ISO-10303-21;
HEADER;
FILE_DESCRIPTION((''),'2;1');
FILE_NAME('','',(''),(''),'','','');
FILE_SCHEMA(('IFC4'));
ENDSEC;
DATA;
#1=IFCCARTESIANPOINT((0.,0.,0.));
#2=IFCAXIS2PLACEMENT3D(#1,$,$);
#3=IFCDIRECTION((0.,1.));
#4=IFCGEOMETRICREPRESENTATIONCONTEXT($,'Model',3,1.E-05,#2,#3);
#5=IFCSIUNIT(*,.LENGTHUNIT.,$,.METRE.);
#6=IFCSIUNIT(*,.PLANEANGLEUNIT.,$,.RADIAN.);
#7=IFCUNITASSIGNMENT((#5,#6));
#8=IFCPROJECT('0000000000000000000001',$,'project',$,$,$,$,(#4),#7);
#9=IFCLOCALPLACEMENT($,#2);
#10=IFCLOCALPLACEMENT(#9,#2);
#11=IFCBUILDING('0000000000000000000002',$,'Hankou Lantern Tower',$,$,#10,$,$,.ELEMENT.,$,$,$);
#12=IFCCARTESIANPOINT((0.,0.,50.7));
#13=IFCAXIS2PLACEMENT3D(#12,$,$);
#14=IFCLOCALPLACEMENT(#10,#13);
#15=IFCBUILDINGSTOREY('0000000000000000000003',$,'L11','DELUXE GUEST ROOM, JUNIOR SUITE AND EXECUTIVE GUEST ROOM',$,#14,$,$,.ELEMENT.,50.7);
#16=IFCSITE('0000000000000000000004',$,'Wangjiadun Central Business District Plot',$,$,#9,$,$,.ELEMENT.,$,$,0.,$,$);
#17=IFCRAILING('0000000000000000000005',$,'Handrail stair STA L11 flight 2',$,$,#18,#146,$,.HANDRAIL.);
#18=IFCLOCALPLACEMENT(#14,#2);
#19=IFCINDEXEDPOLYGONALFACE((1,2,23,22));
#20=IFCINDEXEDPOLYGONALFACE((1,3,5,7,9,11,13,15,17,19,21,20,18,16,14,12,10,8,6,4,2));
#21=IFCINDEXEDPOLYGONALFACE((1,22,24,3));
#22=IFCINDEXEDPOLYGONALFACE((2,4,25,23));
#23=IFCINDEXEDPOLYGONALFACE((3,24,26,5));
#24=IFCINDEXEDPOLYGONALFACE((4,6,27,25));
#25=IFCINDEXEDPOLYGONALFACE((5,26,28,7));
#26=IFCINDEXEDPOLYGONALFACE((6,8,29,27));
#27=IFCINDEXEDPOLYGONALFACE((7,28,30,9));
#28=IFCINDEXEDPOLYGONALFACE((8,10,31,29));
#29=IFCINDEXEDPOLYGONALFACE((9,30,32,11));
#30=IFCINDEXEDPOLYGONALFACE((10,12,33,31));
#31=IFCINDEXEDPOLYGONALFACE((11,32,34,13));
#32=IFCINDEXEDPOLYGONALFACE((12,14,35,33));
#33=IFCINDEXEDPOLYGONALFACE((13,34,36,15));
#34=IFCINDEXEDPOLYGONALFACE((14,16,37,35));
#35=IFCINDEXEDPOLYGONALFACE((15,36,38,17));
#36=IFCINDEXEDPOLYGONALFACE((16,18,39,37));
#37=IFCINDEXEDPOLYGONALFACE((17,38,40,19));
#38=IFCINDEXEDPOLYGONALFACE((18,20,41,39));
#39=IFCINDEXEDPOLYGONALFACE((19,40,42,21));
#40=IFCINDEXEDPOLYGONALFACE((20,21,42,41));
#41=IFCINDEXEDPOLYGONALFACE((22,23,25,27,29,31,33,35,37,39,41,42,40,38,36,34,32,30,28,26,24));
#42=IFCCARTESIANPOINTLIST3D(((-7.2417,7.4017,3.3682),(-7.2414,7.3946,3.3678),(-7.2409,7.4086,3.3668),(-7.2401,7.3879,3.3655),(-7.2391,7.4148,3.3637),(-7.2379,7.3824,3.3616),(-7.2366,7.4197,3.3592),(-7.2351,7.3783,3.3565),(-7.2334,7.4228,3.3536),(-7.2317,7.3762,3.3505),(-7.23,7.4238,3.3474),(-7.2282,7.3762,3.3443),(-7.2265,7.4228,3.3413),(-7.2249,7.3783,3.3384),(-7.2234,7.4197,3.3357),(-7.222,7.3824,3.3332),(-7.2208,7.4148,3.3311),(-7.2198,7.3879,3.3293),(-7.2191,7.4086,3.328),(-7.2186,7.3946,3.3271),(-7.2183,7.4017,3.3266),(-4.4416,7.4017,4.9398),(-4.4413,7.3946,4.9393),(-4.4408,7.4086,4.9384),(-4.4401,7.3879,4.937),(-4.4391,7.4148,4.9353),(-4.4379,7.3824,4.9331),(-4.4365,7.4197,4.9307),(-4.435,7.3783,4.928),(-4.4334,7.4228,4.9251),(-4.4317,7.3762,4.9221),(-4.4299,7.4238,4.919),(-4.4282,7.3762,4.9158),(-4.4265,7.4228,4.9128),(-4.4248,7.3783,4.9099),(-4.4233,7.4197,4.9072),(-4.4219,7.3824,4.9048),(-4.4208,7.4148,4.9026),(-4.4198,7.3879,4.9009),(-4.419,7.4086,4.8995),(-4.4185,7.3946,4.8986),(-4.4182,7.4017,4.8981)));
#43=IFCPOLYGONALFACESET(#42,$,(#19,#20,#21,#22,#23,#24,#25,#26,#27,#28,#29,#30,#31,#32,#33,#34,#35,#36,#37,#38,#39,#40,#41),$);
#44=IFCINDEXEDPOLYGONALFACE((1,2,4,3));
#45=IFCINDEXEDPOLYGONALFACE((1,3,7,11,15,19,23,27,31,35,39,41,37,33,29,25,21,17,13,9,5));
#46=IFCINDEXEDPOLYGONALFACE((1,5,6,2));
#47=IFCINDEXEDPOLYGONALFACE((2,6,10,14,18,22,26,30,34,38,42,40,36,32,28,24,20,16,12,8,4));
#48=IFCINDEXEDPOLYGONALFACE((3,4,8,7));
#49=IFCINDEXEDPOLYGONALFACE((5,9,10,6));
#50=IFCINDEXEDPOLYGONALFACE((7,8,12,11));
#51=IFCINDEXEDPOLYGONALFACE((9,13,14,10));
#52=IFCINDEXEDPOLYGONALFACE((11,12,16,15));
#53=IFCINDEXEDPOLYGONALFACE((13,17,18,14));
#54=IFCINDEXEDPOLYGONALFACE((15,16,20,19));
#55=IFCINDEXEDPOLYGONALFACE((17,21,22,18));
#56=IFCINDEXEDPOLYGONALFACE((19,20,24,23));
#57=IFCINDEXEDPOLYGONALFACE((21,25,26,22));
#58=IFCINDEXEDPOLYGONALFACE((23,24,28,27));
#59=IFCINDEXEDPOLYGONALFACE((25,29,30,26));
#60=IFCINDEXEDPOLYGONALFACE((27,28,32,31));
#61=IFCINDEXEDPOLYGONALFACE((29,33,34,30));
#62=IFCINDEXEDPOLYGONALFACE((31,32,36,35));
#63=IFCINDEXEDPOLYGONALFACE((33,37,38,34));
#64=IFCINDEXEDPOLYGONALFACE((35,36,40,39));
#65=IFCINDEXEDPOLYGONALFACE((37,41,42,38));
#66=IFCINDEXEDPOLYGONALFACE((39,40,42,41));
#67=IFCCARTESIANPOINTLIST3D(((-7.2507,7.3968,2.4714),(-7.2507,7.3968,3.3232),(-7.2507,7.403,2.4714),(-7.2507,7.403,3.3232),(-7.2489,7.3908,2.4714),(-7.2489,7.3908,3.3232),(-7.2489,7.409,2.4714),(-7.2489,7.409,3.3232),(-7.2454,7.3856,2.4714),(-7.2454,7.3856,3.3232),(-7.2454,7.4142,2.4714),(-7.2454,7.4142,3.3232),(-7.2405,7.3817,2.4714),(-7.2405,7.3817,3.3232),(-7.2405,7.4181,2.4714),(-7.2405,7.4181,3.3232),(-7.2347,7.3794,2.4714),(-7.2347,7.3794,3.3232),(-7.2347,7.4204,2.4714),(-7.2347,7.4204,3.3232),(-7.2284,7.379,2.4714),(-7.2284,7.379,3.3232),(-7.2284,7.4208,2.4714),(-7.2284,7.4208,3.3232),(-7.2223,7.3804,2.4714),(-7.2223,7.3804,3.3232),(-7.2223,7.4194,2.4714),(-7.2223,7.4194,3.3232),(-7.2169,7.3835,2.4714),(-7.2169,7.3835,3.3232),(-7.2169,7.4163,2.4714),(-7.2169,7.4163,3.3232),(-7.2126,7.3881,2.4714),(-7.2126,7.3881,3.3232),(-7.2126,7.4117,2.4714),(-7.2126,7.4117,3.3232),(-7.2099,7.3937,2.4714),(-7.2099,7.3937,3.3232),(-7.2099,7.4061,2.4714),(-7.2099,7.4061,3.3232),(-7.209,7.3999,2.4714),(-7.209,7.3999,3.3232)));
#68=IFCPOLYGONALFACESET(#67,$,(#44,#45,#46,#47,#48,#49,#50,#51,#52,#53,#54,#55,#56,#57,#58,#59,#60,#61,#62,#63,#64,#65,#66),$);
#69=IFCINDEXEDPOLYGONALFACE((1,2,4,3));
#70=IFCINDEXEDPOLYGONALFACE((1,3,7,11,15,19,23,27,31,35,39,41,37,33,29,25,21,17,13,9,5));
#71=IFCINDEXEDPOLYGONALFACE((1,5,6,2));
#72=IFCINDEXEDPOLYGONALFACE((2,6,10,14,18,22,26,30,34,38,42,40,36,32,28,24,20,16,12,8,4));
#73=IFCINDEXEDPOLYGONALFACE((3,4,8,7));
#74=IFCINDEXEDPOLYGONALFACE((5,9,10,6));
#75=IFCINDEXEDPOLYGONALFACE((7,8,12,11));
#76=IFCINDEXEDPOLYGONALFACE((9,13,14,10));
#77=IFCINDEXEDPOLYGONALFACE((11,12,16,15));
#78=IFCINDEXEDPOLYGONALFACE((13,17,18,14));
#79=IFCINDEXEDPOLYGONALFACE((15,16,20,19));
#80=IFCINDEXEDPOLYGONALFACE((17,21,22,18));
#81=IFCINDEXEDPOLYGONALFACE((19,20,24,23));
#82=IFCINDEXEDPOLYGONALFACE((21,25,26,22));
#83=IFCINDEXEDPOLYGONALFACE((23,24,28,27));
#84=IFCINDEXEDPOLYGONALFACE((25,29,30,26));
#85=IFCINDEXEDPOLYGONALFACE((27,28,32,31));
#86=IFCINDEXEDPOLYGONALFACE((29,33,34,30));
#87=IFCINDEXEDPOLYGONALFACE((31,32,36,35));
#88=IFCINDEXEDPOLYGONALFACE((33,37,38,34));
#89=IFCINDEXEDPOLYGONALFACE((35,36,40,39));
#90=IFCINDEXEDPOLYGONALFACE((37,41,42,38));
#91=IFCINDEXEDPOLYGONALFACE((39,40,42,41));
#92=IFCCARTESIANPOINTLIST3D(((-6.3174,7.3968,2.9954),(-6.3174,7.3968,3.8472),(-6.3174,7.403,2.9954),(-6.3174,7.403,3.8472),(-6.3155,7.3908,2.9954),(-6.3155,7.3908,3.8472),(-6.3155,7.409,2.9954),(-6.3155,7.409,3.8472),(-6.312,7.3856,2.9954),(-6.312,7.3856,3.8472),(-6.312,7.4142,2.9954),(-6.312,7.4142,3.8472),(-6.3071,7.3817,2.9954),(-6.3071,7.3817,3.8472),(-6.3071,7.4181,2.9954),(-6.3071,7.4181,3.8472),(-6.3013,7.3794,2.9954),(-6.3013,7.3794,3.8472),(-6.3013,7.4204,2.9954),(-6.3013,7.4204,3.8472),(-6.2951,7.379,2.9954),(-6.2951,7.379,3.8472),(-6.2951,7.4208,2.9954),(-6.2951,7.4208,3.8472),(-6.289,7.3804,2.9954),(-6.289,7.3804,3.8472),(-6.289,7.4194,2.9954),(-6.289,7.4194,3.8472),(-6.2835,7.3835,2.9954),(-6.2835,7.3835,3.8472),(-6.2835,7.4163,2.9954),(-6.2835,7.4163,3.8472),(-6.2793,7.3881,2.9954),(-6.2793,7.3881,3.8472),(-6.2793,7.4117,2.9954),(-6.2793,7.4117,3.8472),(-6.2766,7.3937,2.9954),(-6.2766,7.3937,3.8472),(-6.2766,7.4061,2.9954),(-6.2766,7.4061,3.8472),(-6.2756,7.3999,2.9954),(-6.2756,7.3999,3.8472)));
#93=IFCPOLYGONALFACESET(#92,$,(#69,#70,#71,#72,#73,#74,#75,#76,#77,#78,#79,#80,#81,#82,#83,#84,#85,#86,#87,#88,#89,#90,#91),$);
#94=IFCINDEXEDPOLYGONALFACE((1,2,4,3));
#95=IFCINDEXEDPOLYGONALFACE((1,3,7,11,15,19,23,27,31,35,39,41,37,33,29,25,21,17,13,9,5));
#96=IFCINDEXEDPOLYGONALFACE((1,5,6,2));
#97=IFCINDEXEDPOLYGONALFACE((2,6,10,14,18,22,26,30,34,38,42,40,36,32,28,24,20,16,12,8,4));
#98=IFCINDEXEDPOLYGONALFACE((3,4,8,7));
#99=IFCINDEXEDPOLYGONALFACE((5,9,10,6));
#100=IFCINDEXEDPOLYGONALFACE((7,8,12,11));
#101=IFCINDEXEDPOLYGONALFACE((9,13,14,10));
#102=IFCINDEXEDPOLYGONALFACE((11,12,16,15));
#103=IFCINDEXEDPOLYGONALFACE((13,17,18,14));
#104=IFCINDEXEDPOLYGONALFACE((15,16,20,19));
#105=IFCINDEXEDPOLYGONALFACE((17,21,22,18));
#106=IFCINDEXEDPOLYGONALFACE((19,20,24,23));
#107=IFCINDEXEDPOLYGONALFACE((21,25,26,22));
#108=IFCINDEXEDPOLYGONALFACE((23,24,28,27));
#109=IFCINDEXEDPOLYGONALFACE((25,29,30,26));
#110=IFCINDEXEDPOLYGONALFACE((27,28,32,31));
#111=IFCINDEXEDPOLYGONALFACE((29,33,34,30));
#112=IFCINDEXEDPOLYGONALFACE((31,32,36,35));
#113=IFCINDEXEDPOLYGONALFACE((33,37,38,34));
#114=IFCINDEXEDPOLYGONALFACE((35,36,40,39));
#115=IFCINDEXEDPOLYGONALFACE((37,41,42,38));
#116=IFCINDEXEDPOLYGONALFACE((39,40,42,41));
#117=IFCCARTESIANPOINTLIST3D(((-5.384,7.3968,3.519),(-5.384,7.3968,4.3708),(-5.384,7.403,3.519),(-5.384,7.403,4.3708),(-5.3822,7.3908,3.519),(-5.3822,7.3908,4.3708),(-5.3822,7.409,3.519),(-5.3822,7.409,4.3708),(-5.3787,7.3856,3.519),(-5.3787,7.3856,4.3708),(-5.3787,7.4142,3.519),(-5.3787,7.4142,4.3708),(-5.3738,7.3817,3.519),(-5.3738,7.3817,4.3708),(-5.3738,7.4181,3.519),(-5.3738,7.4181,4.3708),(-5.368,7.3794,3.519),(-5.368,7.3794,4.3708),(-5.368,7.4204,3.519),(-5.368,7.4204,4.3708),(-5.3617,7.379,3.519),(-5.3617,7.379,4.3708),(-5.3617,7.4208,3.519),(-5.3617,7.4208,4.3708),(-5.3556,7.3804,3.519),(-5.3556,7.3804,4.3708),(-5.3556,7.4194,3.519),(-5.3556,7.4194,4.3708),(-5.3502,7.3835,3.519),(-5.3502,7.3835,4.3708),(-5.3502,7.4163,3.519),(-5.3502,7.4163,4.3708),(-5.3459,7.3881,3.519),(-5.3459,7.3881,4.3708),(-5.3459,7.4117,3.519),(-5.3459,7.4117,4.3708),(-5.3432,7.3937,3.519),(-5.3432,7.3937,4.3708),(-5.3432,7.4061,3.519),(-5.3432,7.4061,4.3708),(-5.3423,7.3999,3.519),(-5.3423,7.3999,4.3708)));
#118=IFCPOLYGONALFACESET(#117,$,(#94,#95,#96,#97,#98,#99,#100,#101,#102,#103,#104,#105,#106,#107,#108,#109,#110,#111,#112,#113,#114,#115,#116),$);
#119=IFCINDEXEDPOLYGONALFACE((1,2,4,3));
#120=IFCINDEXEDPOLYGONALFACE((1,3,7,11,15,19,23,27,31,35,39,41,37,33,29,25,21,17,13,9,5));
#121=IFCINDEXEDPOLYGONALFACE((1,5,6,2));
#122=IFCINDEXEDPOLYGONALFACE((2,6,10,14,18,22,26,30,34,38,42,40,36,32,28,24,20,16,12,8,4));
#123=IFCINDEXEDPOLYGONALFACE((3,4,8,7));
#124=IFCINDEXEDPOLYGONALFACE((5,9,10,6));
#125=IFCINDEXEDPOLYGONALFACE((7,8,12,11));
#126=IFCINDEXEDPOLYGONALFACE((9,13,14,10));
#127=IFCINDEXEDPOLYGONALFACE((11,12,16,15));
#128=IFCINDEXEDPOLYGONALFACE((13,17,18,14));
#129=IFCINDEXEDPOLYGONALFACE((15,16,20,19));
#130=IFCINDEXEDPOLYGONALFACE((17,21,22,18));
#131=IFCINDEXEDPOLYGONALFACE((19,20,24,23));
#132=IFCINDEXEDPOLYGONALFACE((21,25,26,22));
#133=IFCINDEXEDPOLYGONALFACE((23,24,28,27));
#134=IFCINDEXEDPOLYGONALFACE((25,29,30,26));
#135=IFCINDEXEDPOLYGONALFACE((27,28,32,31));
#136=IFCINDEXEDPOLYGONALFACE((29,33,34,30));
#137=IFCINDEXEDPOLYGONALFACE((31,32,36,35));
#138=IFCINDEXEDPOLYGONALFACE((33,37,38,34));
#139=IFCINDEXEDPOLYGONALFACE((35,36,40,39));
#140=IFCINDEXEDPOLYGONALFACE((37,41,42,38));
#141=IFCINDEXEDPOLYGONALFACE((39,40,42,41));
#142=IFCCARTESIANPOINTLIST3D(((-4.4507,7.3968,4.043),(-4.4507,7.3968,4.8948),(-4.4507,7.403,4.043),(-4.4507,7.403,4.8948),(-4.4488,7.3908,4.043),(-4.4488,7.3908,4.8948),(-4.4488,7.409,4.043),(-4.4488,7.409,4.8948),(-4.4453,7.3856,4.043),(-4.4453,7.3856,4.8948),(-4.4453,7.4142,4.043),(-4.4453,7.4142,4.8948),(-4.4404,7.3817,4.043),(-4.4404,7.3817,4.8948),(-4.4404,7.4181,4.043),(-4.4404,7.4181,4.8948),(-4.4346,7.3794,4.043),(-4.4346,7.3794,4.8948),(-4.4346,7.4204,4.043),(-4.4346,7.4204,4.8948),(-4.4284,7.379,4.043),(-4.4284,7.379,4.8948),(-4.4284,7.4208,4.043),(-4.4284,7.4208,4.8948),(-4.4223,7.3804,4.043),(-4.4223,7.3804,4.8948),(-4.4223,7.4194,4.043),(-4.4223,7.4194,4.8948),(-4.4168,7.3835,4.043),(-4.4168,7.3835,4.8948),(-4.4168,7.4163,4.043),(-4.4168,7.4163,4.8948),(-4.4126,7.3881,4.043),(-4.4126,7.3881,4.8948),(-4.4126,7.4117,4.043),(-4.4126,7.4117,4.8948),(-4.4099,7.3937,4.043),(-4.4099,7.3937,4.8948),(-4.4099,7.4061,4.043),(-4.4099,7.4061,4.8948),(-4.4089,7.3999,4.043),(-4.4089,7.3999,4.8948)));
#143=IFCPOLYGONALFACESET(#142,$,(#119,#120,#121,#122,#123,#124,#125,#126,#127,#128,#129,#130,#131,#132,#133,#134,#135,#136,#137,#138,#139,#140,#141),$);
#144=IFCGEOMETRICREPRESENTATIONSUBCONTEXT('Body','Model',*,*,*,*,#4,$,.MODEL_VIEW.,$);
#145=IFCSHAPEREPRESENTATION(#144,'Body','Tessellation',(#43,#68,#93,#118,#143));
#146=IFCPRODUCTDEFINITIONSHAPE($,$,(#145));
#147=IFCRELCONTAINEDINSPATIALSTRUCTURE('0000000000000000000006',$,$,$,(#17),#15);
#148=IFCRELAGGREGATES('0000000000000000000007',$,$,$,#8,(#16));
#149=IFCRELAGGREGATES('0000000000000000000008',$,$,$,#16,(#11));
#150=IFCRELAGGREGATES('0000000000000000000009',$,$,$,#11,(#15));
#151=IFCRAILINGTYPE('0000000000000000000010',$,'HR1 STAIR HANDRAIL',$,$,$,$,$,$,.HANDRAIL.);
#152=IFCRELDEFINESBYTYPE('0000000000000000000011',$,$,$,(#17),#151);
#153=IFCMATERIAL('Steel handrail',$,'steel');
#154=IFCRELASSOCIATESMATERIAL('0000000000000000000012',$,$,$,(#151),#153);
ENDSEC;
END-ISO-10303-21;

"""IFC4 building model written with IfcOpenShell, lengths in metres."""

from ifc_helpers import new_model, si_unit, direction, frame, origin, origin_2d, place, context, subcontext, project, spatial, circle, extrude, material, type_object, element, save


model = new_model("IFC4")

# Units and contexts
model_context = context("Model", 3, precision=1e-05, world=origin(), true_north=direction((0.0, 1.0)))
body_context = subcontext(model_context, "Body", "Model", "MODEL_VIEW")
ifc_project = project(units=[si_unit("LENGTHUNIT", "METRE"), si_unit("PLANEANGLEUNIT", "RADIAN")], contexts=[model_context])

# Site, building, storey
site_placement = place(None, origin())
site = spatial("IfcSite", under=ifc_project, at=site_placement, Name="Wangjiadun Central Business District Plot", CompositionType="ELEMENT", RefElevation=0.0)
building_placement = place(site_placement, origin())
building = spatial("IfcBuilding", under=site, at=building_placement, Name="Hankou Lantern Tower", CompositionType="ELEMENT")
storey_placement = place(building_placement, frame((0.0, 0.0, 50.7)))
storey = spatial("IfcBuildingStorey", under=building, at=storey_placement, Name="L11", Description="DELUXE GUEST ROOM, JUNIOR SUITE AND EXECUTIVE GUEST ROOM", CompositionType="ELEMENT", Elevation=50.7)

# Railing
ifc_material_1 = material(Name="Steel handrail", Category="steel")
railing_type = type_object("IfcRailingType", Name="HR1 STAIR HANDRAIL", PredefinedType="HANDRAIL", material=ifc_material_1)
railing_1_placement = place(storey_placement, frame((-7.23, 7.3999, 2.4714)))
element("IfcRailing", 1, at=railing_1_placement, inside=storey, type_object=railing_type, Name="Handrail stair STA L11 flight 2", PredefinedType="HANDRAIL", context=body_context, shape_type="SweptSolid", body=[
    extrude(circle(Radius=0.0239, at=origin_2d()), frame((0.0, 0.0, 0.876), z_axis=(0.87204, 0.0, 0.489434), x_axis=(0.0, 1.0, 0.0)), (0.0, 0.0, 1.0), 3.2109),
    extrude(circle(Radius=0.021, at=origin_2d()), origin(), (0.0, 0.0, 1.0), 0.8518),
    extrude(circle(Radius=0.021, at=origin_2d()), frame((0.9333, 0.0, 0.5239)), (0.0, 0.0, 1.0), 0.8518),
    extrude(circle(Radius=0.021, at=origin_2d()), frame((1.8667, 0.0, 1.0476)), (0.0, 0.0, 1.0), 0.8518),
    extrude(circle(Radius=0.021, at=origin_2d()), frame((2.8, 0.0, 1.5715)), (0.0, 0.0, 1.0), 0.8518),
])

save(model, "model.ifc")
